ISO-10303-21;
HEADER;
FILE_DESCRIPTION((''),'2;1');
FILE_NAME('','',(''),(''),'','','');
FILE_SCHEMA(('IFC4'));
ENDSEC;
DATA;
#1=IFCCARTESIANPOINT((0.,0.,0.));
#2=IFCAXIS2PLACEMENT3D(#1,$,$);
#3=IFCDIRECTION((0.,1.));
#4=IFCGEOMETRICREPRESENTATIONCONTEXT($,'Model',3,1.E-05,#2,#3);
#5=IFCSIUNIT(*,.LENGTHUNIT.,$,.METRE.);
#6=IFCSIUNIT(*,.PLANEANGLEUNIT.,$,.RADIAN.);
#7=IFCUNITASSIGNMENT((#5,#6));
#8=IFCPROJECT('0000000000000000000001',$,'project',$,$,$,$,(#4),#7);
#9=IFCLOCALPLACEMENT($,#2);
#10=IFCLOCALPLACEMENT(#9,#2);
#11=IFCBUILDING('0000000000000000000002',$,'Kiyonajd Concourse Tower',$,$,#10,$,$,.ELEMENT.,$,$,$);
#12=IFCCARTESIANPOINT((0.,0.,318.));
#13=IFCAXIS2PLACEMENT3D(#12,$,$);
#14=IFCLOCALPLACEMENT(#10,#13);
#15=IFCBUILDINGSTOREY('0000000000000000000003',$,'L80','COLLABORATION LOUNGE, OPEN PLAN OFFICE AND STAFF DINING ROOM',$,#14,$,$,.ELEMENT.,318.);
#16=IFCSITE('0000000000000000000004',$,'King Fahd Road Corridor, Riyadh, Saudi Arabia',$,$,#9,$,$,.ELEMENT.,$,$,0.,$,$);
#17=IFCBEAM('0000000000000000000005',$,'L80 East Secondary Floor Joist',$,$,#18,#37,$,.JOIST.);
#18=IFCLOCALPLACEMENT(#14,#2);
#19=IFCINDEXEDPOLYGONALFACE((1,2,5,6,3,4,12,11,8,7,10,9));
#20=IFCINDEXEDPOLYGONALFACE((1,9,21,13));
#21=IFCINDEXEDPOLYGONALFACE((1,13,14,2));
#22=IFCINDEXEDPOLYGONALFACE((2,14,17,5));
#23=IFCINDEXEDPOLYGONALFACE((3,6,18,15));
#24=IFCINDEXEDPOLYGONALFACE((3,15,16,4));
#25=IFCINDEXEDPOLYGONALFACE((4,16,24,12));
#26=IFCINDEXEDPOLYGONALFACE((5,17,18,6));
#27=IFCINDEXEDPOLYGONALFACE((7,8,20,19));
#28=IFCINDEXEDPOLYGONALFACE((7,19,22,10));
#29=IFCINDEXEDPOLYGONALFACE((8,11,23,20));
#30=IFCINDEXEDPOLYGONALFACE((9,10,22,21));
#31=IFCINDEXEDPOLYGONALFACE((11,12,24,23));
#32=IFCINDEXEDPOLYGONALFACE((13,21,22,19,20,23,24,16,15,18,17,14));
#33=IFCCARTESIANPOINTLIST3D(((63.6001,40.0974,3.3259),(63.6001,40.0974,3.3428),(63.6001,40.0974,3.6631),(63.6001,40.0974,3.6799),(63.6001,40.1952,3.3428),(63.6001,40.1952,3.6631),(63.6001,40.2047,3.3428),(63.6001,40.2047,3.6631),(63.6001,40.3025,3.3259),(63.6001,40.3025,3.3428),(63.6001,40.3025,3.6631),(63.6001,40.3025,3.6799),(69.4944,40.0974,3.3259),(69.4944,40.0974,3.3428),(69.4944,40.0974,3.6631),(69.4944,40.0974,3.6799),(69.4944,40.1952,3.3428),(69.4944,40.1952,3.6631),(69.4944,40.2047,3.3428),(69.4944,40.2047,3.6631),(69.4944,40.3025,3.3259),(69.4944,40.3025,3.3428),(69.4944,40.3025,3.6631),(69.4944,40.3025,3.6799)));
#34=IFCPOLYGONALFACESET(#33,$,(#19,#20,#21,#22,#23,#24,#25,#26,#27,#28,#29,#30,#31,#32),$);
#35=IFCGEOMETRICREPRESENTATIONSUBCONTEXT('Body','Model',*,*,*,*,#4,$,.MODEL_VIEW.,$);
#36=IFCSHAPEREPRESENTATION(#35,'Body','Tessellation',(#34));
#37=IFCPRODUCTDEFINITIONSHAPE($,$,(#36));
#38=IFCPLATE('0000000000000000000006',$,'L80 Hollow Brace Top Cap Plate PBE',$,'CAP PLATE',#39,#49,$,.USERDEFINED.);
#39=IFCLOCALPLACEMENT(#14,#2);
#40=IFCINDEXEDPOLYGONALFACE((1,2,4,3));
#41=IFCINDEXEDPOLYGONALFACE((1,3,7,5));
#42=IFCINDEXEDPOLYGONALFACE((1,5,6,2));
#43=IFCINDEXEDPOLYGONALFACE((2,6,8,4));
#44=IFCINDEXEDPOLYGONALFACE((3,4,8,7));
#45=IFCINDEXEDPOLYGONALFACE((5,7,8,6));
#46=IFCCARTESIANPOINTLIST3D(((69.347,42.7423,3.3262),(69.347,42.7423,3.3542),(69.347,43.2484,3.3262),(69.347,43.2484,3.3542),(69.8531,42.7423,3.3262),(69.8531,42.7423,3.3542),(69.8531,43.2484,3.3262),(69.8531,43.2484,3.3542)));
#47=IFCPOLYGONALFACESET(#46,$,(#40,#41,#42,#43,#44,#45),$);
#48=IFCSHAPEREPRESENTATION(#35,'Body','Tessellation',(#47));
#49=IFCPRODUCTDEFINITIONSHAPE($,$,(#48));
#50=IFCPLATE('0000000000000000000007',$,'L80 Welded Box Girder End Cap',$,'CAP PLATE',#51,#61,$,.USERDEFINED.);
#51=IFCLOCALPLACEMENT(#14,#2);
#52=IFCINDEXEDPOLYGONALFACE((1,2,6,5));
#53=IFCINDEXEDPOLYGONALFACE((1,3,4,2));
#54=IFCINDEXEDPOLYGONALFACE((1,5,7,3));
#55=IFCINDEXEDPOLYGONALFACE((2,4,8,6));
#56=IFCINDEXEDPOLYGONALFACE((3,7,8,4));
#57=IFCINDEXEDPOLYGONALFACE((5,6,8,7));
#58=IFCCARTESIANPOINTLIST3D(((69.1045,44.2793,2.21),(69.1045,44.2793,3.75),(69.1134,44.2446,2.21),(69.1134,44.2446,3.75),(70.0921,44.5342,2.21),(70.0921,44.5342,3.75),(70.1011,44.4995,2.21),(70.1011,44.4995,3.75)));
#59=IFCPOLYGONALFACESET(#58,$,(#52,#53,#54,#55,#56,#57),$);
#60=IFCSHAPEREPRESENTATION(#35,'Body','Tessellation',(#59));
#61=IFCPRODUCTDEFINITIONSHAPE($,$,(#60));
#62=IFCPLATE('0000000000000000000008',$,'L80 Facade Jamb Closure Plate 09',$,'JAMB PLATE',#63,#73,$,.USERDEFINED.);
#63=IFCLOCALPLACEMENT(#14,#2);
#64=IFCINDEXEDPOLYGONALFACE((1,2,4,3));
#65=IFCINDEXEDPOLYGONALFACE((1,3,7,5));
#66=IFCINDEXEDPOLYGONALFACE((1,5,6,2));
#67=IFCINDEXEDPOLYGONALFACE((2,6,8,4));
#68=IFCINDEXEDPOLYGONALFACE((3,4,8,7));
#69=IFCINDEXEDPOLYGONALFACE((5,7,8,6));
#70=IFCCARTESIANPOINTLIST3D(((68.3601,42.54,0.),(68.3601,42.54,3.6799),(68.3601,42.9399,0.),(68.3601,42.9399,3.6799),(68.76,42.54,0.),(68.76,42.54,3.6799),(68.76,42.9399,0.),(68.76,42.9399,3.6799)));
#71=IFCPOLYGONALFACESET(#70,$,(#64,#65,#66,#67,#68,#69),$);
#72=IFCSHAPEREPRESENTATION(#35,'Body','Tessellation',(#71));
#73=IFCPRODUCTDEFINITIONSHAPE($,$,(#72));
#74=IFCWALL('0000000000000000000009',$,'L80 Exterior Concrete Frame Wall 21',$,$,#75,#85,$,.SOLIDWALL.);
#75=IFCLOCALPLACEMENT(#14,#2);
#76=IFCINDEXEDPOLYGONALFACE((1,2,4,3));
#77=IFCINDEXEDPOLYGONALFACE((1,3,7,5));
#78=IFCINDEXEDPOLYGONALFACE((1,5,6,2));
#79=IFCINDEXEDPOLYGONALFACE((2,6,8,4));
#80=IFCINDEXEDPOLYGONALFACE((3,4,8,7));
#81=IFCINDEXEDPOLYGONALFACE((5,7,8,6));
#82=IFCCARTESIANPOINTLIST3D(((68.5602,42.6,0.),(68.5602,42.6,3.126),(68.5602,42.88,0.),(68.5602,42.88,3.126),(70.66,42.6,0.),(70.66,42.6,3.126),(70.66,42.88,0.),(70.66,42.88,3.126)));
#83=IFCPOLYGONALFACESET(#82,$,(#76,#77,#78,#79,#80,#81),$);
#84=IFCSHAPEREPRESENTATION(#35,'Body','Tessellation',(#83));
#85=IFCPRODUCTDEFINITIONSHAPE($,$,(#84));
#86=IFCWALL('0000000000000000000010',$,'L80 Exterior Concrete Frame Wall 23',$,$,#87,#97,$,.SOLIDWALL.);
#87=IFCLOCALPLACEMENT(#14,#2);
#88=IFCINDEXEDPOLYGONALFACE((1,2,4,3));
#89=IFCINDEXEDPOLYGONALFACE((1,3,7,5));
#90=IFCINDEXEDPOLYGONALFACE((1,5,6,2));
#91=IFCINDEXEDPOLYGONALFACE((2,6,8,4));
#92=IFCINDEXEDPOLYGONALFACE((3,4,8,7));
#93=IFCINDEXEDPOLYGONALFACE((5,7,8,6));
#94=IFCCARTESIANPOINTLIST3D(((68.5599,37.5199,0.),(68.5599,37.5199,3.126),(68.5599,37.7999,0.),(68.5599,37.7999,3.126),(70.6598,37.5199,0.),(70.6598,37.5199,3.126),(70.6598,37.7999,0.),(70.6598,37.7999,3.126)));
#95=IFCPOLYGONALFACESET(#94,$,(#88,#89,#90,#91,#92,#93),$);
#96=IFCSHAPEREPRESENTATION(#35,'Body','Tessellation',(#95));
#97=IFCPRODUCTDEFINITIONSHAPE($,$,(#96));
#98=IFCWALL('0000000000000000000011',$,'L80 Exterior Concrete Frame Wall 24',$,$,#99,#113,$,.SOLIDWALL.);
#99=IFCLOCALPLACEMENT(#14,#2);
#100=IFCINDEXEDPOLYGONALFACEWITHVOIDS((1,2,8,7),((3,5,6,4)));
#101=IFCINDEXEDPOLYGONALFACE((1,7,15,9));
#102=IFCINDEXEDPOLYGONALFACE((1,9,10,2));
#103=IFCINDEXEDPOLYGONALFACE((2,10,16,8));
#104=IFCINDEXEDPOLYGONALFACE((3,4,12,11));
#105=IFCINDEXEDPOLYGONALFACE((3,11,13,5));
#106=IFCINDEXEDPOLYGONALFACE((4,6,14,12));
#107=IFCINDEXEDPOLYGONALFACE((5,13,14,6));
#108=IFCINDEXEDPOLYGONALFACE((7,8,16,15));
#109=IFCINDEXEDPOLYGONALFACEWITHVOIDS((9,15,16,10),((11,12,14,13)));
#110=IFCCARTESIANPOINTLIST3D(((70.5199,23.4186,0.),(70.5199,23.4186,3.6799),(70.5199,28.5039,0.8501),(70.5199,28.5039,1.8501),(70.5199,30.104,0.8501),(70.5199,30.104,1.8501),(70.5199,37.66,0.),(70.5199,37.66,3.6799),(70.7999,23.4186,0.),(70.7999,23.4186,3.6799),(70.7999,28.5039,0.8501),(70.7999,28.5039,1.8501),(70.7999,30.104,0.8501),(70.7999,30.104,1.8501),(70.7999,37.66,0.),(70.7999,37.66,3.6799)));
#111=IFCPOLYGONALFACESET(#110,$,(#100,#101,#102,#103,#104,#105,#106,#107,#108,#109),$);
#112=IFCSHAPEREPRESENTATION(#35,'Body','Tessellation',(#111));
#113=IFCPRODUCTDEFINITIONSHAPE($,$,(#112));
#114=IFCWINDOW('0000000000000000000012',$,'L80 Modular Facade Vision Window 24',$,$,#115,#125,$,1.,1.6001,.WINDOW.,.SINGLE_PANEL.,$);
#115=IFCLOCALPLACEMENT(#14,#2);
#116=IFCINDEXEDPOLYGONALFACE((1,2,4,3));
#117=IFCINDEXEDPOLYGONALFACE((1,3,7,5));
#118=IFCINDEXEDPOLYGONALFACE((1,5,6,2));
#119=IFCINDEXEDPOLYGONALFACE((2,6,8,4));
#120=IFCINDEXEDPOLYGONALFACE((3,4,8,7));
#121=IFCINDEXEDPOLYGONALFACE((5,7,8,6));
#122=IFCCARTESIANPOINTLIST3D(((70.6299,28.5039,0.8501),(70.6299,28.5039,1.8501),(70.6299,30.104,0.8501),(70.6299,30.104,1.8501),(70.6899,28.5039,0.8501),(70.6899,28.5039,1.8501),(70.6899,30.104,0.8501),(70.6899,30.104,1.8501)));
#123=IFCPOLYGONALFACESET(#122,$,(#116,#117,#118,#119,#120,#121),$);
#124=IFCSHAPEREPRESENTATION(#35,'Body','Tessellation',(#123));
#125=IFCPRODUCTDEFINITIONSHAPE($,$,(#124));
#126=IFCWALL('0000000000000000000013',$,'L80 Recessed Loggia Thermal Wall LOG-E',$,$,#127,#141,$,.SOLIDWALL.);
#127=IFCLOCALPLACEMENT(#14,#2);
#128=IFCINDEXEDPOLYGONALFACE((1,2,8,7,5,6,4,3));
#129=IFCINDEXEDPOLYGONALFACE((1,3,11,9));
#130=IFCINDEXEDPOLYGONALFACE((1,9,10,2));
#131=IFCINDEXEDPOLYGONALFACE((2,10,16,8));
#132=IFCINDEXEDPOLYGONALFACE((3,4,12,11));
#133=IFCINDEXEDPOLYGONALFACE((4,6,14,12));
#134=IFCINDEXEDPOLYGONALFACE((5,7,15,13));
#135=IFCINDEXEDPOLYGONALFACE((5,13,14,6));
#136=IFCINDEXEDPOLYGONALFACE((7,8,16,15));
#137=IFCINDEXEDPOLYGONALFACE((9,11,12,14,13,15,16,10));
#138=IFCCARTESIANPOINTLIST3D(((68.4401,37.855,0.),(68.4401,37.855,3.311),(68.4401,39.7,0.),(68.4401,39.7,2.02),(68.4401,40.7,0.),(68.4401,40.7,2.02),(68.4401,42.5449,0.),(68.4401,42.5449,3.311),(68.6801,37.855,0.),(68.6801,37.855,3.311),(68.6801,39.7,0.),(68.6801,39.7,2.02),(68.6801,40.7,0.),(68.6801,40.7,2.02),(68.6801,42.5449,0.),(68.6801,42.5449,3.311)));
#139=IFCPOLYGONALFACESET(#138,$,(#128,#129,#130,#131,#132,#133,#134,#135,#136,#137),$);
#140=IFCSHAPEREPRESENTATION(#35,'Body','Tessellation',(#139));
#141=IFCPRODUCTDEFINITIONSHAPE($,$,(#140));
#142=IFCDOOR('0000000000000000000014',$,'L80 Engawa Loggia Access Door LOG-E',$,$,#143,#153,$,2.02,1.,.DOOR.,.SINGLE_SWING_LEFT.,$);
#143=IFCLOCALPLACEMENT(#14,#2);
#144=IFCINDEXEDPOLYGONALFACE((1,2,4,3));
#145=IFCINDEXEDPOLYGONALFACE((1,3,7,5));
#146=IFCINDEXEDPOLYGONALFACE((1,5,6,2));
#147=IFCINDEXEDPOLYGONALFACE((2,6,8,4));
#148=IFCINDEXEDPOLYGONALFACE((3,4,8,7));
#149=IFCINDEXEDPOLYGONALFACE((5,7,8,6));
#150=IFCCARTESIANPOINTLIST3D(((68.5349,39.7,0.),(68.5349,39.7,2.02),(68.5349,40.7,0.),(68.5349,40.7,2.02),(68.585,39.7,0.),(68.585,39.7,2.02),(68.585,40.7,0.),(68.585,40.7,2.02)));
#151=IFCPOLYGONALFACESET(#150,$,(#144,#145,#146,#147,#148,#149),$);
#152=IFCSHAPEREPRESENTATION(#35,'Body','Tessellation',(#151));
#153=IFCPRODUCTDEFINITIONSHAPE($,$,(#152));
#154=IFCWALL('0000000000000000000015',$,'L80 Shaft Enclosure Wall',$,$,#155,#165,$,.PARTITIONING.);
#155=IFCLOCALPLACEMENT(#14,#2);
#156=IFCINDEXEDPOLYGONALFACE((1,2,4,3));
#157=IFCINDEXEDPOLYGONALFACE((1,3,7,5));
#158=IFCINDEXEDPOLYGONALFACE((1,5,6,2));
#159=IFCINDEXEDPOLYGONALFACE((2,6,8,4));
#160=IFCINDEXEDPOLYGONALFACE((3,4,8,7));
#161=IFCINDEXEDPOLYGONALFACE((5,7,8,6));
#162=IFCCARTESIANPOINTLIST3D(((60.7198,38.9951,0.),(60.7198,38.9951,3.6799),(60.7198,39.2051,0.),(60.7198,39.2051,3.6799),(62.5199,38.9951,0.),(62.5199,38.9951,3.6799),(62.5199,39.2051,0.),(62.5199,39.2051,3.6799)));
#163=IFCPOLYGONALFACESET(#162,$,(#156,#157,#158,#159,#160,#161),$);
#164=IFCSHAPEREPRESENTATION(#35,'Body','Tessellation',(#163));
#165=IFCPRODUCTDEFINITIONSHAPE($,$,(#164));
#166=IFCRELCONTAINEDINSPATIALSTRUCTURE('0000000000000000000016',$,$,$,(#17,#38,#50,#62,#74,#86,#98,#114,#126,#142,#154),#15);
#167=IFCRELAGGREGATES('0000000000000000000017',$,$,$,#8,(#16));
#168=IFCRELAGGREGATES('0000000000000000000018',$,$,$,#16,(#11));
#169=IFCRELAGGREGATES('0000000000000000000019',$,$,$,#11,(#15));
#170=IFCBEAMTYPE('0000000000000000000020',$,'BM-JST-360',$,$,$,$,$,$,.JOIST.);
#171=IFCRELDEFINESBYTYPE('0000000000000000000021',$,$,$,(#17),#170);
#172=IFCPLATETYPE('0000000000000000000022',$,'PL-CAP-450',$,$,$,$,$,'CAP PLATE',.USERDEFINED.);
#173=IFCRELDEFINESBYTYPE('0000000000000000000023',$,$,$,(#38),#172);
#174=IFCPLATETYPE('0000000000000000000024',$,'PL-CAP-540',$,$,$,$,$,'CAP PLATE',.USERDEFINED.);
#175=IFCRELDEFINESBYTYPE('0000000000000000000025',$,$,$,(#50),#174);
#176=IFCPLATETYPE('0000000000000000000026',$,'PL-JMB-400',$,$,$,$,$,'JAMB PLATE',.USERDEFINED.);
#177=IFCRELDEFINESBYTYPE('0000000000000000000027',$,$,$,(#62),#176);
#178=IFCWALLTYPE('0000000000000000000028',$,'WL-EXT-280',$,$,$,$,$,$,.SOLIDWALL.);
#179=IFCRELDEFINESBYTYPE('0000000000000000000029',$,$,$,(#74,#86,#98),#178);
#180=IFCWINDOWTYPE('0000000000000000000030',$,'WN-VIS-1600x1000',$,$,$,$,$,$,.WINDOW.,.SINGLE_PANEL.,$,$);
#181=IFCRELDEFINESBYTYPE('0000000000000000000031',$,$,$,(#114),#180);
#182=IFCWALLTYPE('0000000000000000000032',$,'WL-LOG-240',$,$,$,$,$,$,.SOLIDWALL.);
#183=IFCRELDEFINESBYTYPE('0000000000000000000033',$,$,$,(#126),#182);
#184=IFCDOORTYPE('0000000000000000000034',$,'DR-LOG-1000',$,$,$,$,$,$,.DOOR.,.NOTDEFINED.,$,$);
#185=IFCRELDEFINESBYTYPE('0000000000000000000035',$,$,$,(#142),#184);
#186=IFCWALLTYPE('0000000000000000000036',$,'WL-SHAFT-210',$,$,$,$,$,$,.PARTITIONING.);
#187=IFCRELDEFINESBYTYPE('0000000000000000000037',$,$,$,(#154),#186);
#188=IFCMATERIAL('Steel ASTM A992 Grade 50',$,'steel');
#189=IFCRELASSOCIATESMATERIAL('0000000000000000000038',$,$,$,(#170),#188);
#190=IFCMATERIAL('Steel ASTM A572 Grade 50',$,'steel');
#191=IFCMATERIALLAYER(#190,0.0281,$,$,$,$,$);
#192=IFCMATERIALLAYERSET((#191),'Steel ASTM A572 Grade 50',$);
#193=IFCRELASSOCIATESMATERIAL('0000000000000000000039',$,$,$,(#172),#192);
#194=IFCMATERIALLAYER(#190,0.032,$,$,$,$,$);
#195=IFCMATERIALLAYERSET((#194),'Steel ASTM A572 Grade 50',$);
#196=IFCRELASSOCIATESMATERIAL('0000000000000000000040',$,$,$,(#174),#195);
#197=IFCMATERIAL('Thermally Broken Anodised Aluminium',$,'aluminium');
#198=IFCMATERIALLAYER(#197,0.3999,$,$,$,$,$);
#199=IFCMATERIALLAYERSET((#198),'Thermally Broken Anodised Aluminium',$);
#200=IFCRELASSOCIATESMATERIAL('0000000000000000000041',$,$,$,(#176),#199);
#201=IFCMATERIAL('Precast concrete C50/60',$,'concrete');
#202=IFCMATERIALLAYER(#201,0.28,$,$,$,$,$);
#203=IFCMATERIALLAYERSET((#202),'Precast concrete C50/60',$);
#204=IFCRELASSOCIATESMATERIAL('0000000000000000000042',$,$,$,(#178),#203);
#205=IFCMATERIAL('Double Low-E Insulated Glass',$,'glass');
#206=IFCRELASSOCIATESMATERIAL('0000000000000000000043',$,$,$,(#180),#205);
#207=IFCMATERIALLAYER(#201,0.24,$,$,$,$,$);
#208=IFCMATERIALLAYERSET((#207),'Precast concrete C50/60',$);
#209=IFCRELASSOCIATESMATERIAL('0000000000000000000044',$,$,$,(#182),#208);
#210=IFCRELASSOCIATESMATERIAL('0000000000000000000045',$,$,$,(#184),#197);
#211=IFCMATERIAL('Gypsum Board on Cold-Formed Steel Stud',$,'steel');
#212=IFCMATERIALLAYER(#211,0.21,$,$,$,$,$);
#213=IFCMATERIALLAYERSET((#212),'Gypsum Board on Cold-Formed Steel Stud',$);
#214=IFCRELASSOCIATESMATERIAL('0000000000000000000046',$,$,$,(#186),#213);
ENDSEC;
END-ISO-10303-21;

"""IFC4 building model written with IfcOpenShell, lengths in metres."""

from ifc_helpers import new_model, si_unit, direction, frame, frame_2d, origin, origin_2d, place, context, subcontext, project, spatial, rectangle, i_section, extrude, material, layer, layer_set, material_profile, profile_set, type_object, element, fill, save


model = new_model("IFC4")

# Units and contexts
model_context = context("Model", 3, precision=1e-05, world=origin(), true_north=direction((0.0, 1.0)))
body_context = subcontext(model_context, "Body", "Model", "MODEL_VIEW")
ifc_project = project(units=[si_unit("LENGTHUNIT", "METRE"), si_unit("PLANEANGLEUNIT", "RADIAN")], contexts=[model_context])

# Site, building, storey
site_placement = place(None, origin())
site = spatial("IfcSite", under=ifc_project, at=site_placement, Name="King Fahd Road Corridor, Riyadh, Saudi Arabia", CompositionType="ELEMENT", RefElevation=0.0)
building_placement = place(site_placement, origin())
building = spatial("IfcBuilding", under=site, at=building_placement, Name="Kiyonajd Concourse Tower", CompositionType="ELEMENT")
storey_placement = place(building_placement, frame((0.0, 0.0, 318.0)))
storey = spatial("IfcBuildingStorey", under=building, at=storey_placement, Name="L80", Description="COLLABORATION LOUNGE, OPEN PLAN OFFICE AND STAFF DINING ROOM", CompositionType="ELEMENT", Elevation=318.0)

# Beam
ifc_material_1 = material(Name="Steel ASTM A992 Grade 50", Category="steel")
ifc_material_profile = material_profile(ifc_material_1, i_section(OverallWidth=0.2051, OverallDepth=0.354, WebThickness=0.0095, FlangeThickness=0.0168, at=origin_2d()), Name="W360X79")
ifc_profile_set = profile_set([ifc_material_profile], Name="Steel ASTM A992 Grade 50")
beam_type = type_object("IfcBeamType", Name="BM-JST-360", PredefinedType="JOIST", material=ifc_profile_set)
beam_placement = place(storey_placement, frame((63.6001, 40.2, 3.5029), z_axis=(1.0, 0.0, 0.0), x_axis=(0.0, 1.0, 0.0)))
element("IfcBeam", 1, at=beam_placement, inside=storey, type_object=beam_type, Name="L80 East Secondary Floor Joist", PredefinedType="JOIST", context=body_context, shape_type="SweptSolid", body=[
    extrude(i_section(OverallWidth=0.2051, OverallDepth=0.354, WebThickness=0.0095, FlangeThickness=0.0168, at=origin_2d()), origin(), (0.0, 0.0, 1.0), 5.8943),
])

# Plates
ifc_material_2 = material(Name="Steel ASTM A572 Grade 50", Category="steel")
ifc_layer_1 = layer(ifc_material_2, 0.0281)
ifc_layer_set_1 = layer_set([ifc_layer_1], Name="Steel ASTM A572 Grade 50")
plate_type_1 = type_object("IfcPlateType", Name="PL-CAP-450", ElementType="CAP PLATE", PredefinedType="USERDEFINED", material=ifc_layer_set_1)
plate_1_placement = place(storey_placement, frame((69.6001, 42.9954, 3.3262), z_axis=(0.0, 0.0, 1.0), x_axis=(1.0, 0.0, 0.0)))
element("IfcPlate", 2, at=plate_1_placement, inside=storey, type_object=plate_type_1, Name="L80 Hollow Brace Top Cap Plate PBE", ObjectType="CAP PLATE", PredefinedType="USERDEFINED", context=body_context, shape_type="SweptSolid", body=[
    extrude(rectangle(XDim=0.5061, YDim=0.5061, at=origin_2d()), origin(), (0.0, 0.0, 1.0), 0.0281),
])
ifc_layer_2 = layer(ifc_material_2, 0.032)
ifc_layer_set_2 = layer_set([ifc_layer_2], Name="Steel ASTM A572 Grade 50")
plate_type_2 = type_object("IfcPlateType", Name="PL-CAP-540", ElementType="CAP PLATE", PredefinedType="USERDEFINED", material=ifc_layer_set_2)
plate_2_placement = place(storey_placement, frame((69.6028, 44.3894, 2.21), z_axis=(0.0, 0.0, 1.0), x_axis=(0.249873, -0.968279, 0.0)))
element("IfcPlate", 3, at=plate_2_placement, inside=storey, type_object=plate_type_2, Name="L80 Welded Box Girder End Cap", ObjectType="CAP PLATE", PredefinedType="USERDEFINED", context=body_context, shape_type="SweptSolid", body=[
    extrude(rectangle(XDim=0.0359, YDim=1.02, at=origin_2d()), origin(), (0.0, 0.0, 1.0), 1.54),
])
ifc_material_3 = material(Name="Thermally Broken Anodised Aluminium", Category="aluminium")
ifc_layer_3 = layer(ifc_material_3, 0.3999)
ifc_layer_set_3 = layer_set([ifc_layer_3], Name="Thermally Broken Anodised Aluminium")
plate_type_3 = type_object("IfcPlateType", Name="PL-JMB-400", ElementType="JAMB PLATE", PredefinedType="USERDEFINED", material=ifc_layer_set_3)
plate_3_placement = place(storey_placement, frame((68.5601, 42.74, 0.0), z_axis=(0.0, 0.0, 1.0), x_axis=(1.0, 0.0, 0.0)))
element("IfcPlate", 4, at=plate_3_placement, inside=storey, type_object=plate_type_3, Name="L80 Facade Jamb Closure Plate 09", ObjectType="JAMB PLATE", PredefinedType="USERDEFINED", context=body_context, shape_type="SweptSolid", body=[
    extrude(rectangle(XDim=0.3999, YDim=0.3999, at=origin_2d()), origin(), (0.0, 0.0, 1.0), 3.6799),
])

# Walls
ifc_material_4 = material(Name="Precast concrete C50/60", Category="concrete")
ifc_layer_4 = layer(ifc_material_4, 0.28)
ifc_layer_set_4 = layer_set([ifc_layer_4], Name="Precast concrete C50/60")
wall_type_1 = type_object("IfcWallType", Name="WL-EXT-280", PredefinedType="SOLIDWALL", material=ifc_layer_set_4)
for number, where, z_axis, x_axis, name in (
    (5, (70.6599, 42.74, 0.0), (0.0, 0.0, 1.0), (-1.0, 0.0, 0.0), "L80 Exterior Concrete Frame Wall 21"),
    (6, (68.5601, 37.6599, 0.0), (0.0, 0.0, 1.0), (1.0, 0.0, 0.0), "L80 Exterior Concrete Frame Wall 23"),
):
    element("IfcWall", number, at=place(storey_placement, frame(where, z_axis=z_axis, x_axis=x_axis)), inside=storey, type_object=wall_type_1, Name=name, PredefinedType="SOLIDWALL", context=body_context, shape_type="SweptSolid", body=[
        extrude(rectangle(XDim=2.0999, YDim=0.28, at=frame_2d((1.0498, 0.0))), origin(), (0.0, 0.0, 1.0), 3.126),
    ])

# Wall, opening, window
wall_1_placement = place(storey_placement, frame((70.6599, 37.6599, 0.0), z_axis=(0.0, 0.0, 1.0), x_axis=(0.0, -1.0, 0.0)))
wall_1 = element("IfcWall", 7, at=wall_1_placement, inside=storey, type_object=wall_type_1, Name="L80 Exterior Concrete Frame Wall 24", PredefinedType="SOLIDWALL", context=body_context, shape_type="SweptSolid", body=[
    extrude(rectangle(XDim=14.2415, YDim=0.28, at=frame_2d((7.1206, 0.0))), origin(), (0.0, 0.0, 1.0), 3.6799),
])
opening_1_placement = place(wall_1_placement, frame((7.5559, 0.0, 0.8501)))
opening_1 = element("IfcOpeningElement", 8, at=opening_1_placement, cuts=wall_1, PredefinedType="OPENING", context=body_context, shape_type="SweptSolid", body=[
    extrude(rectangle(XDim=1.6001, YDim=1.0, at=frame_2d((0.8, 0.5))), frame((0.0, 0.1499, 0.0), z_axis=(0.0, -1.0, 0.0), x_axis=(1.0, 0.0, 0.0)), (0.0, 0.0, 1.0), 0.3),
])
ifc_material_5 = material(Name="Double Low-E Insulated Glass", Category="glass")
window_type = type_object("IfcWindowType", Name="WN-VIS-1600x1000", PartitioningType="SINGLE_PANEL", PredefinedType="WINDOW", material=ifc_material_5)
window_placement = place(opening_1_placement, origin())
window = element("IfcWindow", 9, at=window_placement, inside=storey, type_object=window_type, Name="L80 Modular Facade Vision Window 24", OverallHeight=1.0, OverallWidth=1.6001, PartitioningType="SINGLE_PANEL", PredefinedType="WINDOW", context=body_context, shape_type="SweptSolid", body=[
    extrude(rectangle(XDim=1.6001, YDim=1.0, at=frame_2d((0.8, 0.5))), frame((0.0, 0.03, 0.0), z_axis=(0.0, -1.0, 0.0), x_axis=(1.0, 0.0, 0.0)), (0.0, 0.0, 1.0), 0.0601),
])
fill(opening_1, window)

# Wall, opening, door
ifc_layer_5 = layer(ifc_material_4, 0.24)
ifc_layer_set_5 = layer_set([ifc_layer_5], Name="Precast concrete C50/60")
wall_type_2 = type_object("IfcWallType", Name="WL-LOG-240", PredefinedType="SOLIDWALL", material=ifc_layer_set_5)
wall_2_placement = place(storey_placement, frame((68.5601, 42.5449, 0.0), z_axis=(0.0, 0.0, 1.0), x_axis=(0.0, -1.0, 0.0)))
wall_2 = element("IfcWall", 10, at=wall_2_placement, inside=storey, type_object=wall_type_2, Name="L80 Recessed Loggia Thermal Wall LOG-E", PredefinedType="SOLIDWALL", context=body_context, shape_type="SweptSolid", body=[
    extrude(rectangle(XDim=4.6899, YDim=0.24, at=frame_2d((2.345, 0.0))), origin(), (0.0, 0.0, 1.0), 3.311),
])
opening_2_placement = place(wall_2_placement, frame((1.845, 0.0, 0.0)))
opening_2 = element("IfcOpeningElement", 11, at=opening_2_placement, cuts=wall_2, PredefinedType="OPENING", context=body_context, shape_type="SweptSolid", body=[
    extrude(rectangle(XDim=1.0, YDim=2.02, at=frame_2d((0.5, 1.01))), frame((0.0, 0.1299, 0.0), z_axis=(0.0, -1.0, 0.0), x_axis=(1.0, 0.0, 0.0)), (0.0, 0.0, 1.0), 0.26),
])
door_type_1 = type_object("IfcDoorType", Name="DR-LOG-1000", OperationType="NOTDEFINED", PredefinedType="DOOR", material=ifc_material_3)
door_1_placement = place(opening_2_placement, origin())
door_1 = element("IfcDoor", 12, at=door_1_placement, inside=storey, type_object=door_type_1, Name="L80 Engawa Loggia Access Door LOG-E", OperationType="SINGLE_SWING_LEFT", OverallHeight=2.02, OverallWidth=1.0, PredefinedType="DOOR", context=body_context, shape_type="SweptSolid", body=[
    extrude(rectangle(XDim=1.0, YDim=2.02, at=frame_2d((0.5, 1.01))), frame((0.0, 0.0249, 0.0), z_axis=(0.0, -1.0, 0.0), x_axis=(1.0, 0.0, 0.0)), (0.0, 0.0, 1.0), 0.05),
])
fill(opening_2, door_1)

# Wall
ifc_material_6 = material(Name="Gypsum Board on Cold-Formed Steel Stud", Category="steel")
ifc_layer_6 = layer(ifc_material_6, 0.21)
ifc_layer_set_6 = layer_set([ifc_layer_6], Name="Gypsum Board on Cold-Formed Steel Stud")
wall_type_3 = type_object("IfcWallType", Name="WL-SHAFT-210", PredefinedType="PARTITIONING", material=ifc_layer_set_6)
wall_3_placement = place(storey_placement, frame((60.72, 39.1001, 0.0), z_axis=(0.0, 0.0, 1.0), x_axis=(1.0, 0.0, 0.0)))
element("IfcWall", 13, at=wall_3_placement, inside=storey, type_object=wall_type_3, Name="L80 Shaft Enclosure Wall", PredefinedType="PARTITIONING", context=body_context, shape_type="SweptSolid", body=[
    extrude(rectangle(XDim=1.8, YDim=0.21, at=frame_2d((0.8999, 0.0))), origin(), (0.0, 0.0, 1.0), 3.6799),
])

save(model, "model.ifc")
